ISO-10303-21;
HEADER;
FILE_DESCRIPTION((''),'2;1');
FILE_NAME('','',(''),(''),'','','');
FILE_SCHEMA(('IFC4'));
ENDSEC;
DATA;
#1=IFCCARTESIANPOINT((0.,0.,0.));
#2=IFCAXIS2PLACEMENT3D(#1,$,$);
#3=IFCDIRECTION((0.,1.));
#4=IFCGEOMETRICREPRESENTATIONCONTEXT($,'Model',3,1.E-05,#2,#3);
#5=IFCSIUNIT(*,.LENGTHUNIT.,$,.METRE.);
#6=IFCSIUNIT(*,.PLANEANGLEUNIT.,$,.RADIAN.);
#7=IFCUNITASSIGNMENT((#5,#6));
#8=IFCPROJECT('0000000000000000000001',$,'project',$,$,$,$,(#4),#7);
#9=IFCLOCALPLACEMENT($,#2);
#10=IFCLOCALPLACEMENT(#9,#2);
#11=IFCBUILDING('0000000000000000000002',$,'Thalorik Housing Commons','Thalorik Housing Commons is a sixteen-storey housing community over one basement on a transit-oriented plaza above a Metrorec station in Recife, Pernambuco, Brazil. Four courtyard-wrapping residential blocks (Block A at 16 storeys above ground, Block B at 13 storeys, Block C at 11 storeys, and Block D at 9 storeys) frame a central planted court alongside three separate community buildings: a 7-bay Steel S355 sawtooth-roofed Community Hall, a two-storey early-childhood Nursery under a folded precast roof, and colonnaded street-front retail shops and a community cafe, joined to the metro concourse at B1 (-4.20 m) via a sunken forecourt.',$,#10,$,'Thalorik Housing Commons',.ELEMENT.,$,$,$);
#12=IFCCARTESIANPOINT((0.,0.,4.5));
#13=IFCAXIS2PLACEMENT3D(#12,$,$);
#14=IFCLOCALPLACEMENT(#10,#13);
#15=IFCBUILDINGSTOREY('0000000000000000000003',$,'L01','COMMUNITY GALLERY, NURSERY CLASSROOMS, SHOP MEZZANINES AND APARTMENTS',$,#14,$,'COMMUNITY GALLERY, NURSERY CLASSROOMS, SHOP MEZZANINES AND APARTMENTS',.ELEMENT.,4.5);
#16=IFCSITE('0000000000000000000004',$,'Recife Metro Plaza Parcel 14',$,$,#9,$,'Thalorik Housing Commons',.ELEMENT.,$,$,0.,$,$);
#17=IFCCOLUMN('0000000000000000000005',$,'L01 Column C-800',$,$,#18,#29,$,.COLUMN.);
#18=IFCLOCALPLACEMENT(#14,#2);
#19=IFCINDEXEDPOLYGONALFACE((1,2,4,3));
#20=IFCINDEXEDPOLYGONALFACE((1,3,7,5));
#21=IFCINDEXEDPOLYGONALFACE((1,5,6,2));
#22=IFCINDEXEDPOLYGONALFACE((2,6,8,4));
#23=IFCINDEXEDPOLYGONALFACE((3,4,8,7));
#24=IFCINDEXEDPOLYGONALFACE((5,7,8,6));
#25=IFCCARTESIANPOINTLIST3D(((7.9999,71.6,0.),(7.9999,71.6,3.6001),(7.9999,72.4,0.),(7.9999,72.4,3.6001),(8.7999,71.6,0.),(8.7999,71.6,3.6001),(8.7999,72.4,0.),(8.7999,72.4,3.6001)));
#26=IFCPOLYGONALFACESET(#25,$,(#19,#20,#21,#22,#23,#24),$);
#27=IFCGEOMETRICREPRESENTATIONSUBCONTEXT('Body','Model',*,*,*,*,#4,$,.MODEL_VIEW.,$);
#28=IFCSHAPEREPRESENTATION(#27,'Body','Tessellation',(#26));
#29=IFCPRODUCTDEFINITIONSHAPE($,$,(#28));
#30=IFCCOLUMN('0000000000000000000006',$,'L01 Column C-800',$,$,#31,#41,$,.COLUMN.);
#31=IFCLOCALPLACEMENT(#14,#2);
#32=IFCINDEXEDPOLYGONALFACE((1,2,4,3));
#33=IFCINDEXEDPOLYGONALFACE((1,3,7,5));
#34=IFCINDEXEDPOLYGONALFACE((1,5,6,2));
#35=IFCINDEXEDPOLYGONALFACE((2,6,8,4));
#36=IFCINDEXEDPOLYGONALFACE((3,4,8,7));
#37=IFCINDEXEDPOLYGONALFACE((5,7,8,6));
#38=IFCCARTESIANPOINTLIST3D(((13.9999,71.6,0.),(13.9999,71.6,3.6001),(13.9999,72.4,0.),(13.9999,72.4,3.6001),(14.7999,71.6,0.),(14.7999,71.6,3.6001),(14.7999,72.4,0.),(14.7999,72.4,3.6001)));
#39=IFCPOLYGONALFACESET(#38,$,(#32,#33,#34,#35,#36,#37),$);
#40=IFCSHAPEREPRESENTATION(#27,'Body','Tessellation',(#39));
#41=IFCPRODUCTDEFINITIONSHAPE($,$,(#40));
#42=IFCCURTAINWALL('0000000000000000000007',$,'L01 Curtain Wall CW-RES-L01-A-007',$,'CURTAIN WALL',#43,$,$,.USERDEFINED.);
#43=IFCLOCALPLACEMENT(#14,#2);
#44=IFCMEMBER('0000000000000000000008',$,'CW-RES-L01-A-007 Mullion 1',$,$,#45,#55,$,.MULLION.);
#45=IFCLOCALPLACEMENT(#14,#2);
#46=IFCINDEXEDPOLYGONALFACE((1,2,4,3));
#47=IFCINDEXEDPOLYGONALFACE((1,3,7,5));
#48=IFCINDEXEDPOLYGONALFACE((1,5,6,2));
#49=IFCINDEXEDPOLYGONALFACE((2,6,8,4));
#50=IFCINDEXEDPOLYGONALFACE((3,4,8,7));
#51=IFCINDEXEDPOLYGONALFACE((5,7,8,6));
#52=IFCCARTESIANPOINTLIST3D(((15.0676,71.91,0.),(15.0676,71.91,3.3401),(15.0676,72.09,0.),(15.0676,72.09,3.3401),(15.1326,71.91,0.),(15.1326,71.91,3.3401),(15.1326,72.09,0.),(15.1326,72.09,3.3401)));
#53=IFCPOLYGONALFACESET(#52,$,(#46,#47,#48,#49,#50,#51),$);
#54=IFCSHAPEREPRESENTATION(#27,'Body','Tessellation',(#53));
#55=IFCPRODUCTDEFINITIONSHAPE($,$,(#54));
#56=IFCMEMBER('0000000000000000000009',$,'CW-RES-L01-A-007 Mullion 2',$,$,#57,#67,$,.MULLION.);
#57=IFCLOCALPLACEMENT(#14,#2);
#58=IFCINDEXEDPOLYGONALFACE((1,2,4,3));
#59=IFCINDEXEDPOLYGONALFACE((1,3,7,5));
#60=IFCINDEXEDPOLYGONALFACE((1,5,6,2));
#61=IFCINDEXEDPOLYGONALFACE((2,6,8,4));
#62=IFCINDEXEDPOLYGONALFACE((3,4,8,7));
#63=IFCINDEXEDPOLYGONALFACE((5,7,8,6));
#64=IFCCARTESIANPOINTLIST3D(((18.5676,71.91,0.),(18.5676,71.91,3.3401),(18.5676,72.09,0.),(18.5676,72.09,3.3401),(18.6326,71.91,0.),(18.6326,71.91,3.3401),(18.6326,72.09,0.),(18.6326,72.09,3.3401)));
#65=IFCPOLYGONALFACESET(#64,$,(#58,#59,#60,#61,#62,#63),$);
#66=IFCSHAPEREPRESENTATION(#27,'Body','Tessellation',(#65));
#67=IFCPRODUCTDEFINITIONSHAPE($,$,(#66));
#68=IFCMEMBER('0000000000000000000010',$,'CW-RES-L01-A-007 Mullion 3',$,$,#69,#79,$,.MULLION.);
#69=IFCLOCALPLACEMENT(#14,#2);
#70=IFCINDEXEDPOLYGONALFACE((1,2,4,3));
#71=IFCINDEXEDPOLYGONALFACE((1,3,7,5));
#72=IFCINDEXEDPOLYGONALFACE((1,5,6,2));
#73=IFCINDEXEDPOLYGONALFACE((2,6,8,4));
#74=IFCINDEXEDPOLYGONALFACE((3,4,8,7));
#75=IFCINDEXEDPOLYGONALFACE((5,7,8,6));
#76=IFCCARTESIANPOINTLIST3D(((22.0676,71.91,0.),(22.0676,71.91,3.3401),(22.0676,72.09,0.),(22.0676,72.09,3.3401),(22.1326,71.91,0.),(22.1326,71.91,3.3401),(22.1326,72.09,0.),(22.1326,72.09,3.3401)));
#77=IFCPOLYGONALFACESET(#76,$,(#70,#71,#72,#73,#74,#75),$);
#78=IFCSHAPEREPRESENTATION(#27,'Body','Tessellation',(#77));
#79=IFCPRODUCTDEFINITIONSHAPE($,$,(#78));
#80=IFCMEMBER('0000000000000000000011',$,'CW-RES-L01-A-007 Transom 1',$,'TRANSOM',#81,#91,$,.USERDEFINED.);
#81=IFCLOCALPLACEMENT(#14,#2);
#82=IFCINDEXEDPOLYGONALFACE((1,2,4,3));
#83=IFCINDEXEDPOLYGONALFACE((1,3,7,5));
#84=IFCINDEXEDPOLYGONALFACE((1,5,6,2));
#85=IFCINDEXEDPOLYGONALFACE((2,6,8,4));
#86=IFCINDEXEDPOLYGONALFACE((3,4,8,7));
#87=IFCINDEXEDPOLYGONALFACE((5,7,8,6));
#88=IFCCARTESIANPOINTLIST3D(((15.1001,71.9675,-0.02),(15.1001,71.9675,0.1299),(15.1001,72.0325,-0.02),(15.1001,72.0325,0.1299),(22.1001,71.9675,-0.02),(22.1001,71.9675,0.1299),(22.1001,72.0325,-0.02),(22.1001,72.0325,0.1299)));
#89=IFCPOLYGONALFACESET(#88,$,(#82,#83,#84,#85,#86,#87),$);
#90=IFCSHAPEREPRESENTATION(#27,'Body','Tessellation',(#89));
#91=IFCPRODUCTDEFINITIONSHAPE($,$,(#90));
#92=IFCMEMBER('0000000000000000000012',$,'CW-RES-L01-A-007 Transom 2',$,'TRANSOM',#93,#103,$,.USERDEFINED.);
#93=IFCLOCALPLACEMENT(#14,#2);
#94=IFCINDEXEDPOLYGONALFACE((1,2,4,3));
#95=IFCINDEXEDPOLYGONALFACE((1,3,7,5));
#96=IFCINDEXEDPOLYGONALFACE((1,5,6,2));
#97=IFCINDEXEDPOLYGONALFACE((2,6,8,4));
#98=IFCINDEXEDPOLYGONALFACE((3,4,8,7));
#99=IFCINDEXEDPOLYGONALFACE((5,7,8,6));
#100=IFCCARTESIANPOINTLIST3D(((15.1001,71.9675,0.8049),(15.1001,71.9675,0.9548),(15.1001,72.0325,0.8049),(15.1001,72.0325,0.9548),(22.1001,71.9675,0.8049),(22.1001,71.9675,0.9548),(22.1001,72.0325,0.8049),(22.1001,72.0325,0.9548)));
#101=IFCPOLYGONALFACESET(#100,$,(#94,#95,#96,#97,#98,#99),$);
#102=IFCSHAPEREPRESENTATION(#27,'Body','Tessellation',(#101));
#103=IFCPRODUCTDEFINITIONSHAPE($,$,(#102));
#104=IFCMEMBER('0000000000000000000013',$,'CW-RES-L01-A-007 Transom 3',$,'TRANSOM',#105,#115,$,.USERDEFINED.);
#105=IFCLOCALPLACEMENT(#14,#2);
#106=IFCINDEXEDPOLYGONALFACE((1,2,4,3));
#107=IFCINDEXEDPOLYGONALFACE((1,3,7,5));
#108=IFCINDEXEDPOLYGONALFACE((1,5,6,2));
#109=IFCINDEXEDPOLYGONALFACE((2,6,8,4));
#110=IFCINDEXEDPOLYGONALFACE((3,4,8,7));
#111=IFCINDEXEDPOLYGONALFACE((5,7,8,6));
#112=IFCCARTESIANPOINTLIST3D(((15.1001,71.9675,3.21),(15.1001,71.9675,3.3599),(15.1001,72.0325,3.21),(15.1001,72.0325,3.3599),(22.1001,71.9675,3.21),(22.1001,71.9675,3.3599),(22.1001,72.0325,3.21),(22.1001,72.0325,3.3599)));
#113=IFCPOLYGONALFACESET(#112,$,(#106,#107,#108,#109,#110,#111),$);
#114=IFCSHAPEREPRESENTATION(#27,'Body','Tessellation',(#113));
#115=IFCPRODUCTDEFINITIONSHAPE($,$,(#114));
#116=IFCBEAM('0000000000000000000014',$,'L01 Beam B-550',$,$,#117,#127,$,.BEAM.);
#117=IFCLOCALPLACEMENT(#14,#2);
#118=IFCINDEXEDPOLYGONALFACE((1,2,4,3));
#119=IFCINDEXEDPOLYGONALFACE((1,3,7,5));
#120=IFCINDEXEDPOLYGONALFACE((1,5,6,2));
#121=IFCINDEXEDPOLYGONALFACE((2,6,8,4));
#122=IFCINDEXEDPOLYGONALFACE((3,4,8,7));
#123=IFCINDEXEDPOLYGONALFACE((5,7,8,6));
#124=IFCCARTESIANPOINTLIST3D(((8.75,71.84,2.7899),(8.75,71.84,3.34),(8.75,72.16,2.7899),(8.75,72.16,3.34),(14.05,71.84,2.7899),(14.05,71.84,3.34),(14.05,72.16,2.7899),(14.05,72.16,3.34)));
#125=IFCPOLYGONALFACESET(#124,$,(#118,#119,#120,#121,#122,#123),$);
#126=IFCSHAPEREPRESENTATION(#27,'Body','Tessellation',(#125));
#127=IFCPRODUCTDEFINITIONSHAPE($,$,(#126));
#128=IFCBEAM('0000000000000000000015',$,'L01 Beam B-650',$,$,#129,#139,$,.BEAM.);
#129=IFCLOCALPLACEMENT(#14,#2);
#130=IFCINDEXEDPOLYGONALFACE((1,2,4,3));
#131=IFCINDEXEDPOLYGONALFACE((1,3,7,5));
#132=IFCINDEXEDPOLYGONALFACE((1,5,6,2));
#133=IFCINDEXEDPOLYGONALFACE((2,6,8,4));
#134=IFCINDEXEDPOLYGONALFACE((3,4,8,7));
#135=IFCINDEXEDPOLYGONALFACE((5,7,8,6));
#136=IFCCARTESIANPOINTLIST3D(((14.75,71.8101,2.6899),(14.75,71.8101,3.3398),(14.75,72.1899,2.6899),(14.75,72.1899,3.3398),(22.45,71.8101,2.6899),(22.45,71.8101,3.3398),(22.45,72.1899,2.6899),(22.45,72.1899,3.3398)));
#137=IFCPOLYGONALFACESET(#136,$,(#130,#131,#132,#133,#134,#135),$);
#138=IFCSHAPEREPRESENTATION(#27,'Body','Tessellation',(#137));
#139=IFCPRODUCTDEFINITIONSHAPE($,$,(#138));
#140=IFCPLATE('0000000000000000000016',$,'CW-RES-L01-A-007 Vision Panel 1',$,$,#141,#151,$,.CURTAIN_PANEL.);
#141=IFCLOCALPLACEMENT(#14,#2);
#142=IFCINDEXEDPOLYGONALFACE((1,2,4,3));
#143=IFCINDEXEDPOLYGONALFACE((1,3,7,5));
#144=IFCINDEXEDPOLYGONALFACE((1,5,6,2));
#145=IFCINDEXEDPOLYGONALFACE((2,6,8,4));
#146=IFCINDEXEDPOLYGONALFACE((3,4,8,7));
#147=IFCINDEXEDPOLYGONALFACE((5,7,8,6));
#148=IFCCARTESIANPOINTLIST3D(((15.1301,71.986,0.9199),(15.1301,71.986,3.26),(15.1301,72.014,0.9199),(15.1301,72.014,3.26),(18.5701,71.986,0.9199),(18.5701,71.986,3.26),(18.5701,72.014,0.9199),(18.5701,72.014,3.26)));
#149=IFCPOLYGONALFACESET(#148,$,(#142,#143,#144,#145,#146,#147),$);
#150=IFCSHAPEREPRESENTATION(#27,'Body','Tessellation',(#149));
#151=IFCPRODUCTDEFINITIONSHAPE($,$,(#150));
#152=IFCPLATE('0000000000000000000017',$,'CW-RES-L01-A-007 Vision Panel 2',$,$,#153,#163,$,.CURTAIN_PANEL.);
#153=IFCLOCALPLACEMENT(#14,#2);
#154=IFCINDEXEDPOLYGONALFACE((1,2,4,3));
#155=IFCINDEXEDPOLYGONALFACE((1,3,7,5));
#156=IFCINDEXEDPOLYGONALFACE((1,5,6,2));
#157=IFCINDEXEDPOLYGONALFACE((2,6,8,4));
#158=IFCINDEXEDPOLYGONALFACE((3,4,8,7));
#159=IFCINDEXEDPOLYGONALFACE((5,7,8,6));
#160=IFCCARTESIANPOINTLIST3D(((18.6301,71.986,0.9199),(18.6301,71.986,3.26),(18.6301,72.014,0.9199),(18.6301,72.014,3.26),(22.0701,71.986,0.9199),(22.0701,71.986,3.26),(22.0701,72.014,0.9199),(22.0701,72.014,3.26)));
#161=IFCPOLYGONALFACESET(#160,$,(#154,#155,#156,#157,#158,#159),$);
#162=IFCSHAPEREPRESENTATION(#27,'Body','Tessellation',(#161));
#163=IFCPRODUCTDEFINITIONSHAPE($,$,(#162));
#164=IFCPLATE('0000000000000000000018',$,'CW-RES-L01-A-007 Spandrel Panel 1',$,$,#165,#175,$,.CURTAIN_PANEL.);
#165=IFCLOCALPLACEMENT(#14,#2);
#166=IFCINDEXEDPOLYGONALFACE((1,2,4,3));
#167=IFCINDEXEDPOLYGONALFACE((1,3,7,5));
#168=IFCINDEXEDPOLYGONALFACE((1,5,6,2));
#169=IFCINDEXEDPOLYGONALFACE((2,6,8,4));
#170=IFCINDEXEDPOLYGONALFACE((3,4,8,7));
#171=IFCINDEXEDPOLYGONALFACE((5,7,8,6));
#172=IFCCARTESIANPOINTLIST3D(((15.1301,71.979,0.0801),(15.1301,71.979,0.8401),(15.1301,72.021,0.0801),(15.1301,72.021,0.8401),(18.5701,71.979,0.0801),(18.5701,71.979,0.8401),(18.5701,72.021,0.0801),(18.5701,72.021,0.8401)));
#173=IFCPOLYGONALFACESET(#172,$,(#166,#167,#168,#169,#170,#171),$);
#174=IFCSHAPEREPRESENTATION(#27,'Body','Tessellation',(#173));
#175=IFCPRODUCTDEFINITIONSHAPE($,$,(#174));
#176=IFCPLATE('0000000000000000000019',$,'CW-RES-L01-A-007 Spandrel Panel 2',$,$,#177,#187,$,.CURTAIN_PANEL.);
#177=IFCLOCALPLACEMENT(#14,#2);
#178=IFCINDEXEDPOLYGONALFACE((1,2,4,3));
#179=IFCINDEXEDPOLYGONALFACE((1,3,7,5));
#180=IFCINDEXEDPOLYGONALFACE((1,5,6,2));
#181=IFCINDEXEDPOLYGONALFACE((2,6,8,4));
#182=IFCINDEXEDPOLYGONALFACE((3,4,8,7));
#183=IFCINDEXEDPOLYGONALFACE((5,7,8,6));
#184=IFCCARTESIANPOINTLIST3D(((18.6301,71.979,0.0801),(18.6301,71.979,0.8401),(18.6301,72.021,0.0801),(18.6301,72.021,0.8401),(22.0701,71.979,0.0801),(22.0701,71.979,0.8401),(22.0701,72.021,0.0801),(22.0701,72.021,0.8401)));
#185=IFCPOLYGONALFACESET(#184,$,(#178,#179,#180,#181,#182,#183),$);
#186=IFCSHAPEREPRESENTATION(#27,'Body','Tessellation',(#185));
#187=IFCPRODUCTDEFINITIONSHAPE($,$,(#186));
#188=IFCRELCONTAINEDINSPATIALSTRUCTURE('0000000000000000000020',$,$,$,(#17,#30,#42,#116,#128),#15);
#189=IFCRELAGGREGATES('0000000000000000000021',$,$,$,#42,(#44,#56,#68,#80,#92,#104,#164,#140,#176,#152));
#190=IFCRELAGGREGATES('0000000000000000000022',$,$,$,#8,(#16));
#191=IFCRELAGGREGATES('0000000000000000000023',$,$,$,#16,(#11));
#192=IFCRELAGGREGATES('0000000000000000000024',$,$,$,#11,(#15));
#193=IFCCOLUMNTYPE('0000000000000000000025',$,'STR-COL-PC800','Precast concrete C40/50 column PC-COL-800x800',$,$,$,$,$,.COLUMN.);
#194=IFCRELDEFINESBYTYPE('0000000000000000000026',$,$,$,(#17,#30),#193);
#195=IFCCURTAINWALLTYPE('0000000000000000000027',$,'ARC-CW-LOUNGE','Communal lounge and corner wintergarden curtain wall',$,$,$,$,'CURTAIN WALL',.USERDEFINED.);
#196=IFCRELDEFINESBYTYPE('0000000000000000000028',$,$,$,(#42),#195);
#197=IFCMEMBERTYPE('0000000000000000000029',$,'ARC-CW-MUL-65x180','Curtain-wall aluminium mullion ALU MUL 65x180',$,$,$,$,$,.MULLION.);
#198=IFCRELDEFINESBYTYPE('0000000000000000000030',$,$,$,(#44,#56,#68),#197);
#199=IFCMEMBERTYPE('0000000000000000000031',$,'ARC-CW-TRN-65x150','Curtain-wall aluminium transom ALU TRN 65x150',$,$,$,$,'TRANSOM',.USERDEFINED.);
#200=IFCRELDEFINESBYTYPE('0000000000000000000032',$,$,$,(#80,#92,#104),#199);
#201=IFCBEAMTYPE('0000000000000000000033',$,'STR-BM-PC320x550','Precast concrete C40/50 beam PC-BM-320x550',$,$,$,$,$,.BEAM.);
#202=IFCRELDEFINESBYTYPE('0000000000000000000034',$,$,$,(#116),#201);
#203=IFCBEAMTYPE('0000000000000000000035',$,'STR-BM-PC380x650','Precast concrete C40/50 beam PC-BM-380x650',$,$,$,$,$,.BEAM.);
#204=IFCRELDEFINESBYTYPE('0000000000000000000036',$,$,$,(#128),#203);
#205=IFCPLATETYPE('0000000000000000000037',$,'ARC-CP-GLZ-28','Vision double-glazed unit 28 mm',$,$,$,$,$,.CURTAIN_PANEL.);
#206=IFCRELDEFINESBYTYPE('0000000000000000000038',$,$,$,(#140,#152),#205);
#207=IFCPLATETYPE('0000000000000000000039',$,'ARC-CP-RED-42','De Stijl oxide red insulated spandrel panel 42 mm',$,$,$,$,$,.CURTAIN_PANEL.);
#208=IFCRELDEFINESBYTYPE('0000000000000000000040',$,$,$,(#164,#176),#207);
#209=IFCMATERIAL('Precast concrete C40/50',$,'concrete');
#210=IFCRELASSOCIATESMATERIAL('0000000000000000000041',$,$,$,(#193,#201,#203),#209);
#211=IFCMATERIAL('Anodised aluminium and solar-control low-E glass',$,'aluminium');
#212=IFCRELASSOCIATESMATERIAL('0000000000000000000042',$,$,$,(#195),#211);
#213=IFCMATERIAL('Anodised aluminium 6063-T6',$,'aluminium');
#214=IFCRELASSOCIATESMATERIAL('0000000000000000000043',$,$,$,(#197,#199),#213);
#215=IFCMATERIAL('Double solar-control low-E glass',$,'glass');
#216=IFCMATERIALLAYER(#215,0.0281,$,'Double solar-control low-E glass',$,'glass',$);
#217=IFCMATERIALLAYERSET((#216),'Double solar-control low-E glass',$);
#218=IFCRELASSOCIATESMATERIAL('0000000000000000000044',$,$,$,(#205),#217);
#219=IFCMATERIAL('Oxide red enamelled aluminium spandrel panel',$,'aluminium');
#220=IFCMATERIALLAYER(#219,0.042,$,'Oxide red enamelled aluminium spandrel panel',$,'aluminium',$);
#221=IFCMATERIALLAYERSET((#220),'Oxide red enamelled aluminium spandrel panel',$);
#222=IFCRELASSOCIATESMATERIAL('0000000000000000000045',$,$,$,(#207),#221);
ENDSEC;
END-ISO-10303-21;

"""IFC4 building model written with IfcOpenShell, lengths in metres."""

from ifc_helpers import new_model, si_unit, direction, frame, origin, origin_2d, place, context, subcontext, project, spatial, rectangle, extrude, material, layer, layer_set, material_profile, profile_set, type_object, element, aggregate, save


model = new_model("IFC4")

# Units and contexts
model_context = context("Model", 3, precision=1e-05, world=origin(), true_north=direction((0.0, 1.0)))
body_context = subcontext(model_context, "Body", "Model", "MODEL_VIEW")
ifc_project = project(units=[si_unit("LENGTHUNIT", "METRE"), si_unit("PLANEANGLEUNIT", "RADIAN")], contexts=[model_context])

# Site, building, storey
site_placement = place(None, origin())
site = spatial("IfcSite", under=ifc_project, at=site_placement, Name="Recife Metro Plaza Parcel 14", LongName="Thalorik Housing Commons", CompositionType="ELEMENT", RefElevation=0.0)
building_placement = place(site_placement, origin())
building = spatial("IfcBuilding", under=site, at=building_placement, Name="Thalorik Housing Commons", Description="Thalorik Housing Commons is a sixteen-storey housing community over one basement on a transit-oriented plaza above a Metrorec station in Recife, Pernambuco, Brazil. Four courtyard-wrapping residential blocks (Block A at 16 storeys above ground, Block B at 13 storeys, Block C at 11 storeys, and Block D at 9 storeys) frame a central planted court alongside three separate community buildings: a 7-bay Steel S355 sawtooth-roofed Community Hall, a two-storey early-childhood Nursery under a folded precast roof, and colonnaded street-front retail shops and a community cafe, joined to the metro concourse at B1 (-4.20 m) via a sunken forecourt.", LongName="Thalorik Housing Commons", CompositionType="ELEMENT")
storey_placement = place(building_placement, frame((0.0, 0.0, 4.5)))
storey = spatial("IfcBuildingStorey", under=building, at=storey_placement, Name="L01", Description="COMMUNITY GALLERY, NURSERY CLASSROOMS, SHOP MEZZANINES AND APARTMENTS", LongName="COMMUNITY GALLERY, NURSERY CLASSROOMS, SHOP MEZZANINES AND APARTMENTS", CompositionType="ELEMENT", Elevation=4.5)

# Columns
ifc_material_1 = material(Name="Precast concrete C40/50", Category="concrete")
ifc_material_profile_1 = material_profile(ifc_material_1, rectangle(XDim=0.8, YDim=0.8, at=origin_2d()), Name="PC 800x800", Category="concrete")
ifc_profile_set_1 = profile_set([ifc_material_profile_1], Name="Precast concrete C40/50")
column_type = type_object("IfcColumnType", Name="STR-COL-PC800", Description="Precast concrete C40/50 column PC-COL-800x800", PredefinedType="COLUMN", material=ifc_profile_set_1)
for number, where, z_axis, x_axis, name in (
    (1, (8.3999, 72.0, 0.0), (0.0, 0.0, 1.0), (1.0, 0.0, 0.0), "L01 Column C-800"),
    (2, (14.3999, 72.0, 0.0), (0.0, 0.0, 1.0), (1.0, 0.0, 0.0), "L01 Column C-800"),
):
    element("IfcColumn", number, at=place(storey_placement, frame(where, z_axis=z_axis, x_axis=x_axis)), inside=storey, type_object=column_type, Name=name, PredefinedType="COLUMN", context=body_context, shape_type="SweptSolid", body=[
        extrude(rectangle(XDim=0.8, YDim=0.8, at=origin_2d()), origin(), (0.0, 0.0, 1.0), 3.6001),
    ])

# Curtain wall, members
ifc_material_2 = material(Name="Anodised aluminium and solar-control low-E glass", Category="aluminium")
curtain_wall_type = type_object("IfcCurtainWallType", Name="ARC-CW-LOUNGE", Description="Communal lounge and corner wintergarden curtain wall", ElementType="CURTAIN WALL", PredefinedType="USERDEFINED", material=ifc_material_2)
curtain_wall_placement = place(storey_placement, origin())
curtain_wall = element("IfcCurtainWall", 3, at=curtain_wall_placement, inside=storey, type_object=curtain_wall_type, Name="L01 Curtain Wall CW-RES-L01-A-007", ObjectType="CURTAIN WALL", PredefinedType="USERDEFINED")
ifc_material_3 = material(Name="Anodised aluminium 6063-T6", Category="aluminium")
ifc_material_profile_2 = material_profile(ifc_material_3, rectangle(XDim=0.0649, YDim=0.1799, at=origin_2d()), Name="ALU MUL 65x180", Category="aluminium")
ifc_profile_set_2 = profile_set([ifc_material_profile_2], Name="Anodised aluminium 6063-T6")
member_type_1 = type_object("IfcMemberType", Name="ARC-CW-MUL-65x180", Description="Curtain-wall aluminium mullion ALU MUL 65x180", PredefinedType="MULLION", material=ifc_profile_set_2)
member_1_placement = place(storey_placement, frame((15.1001, 72.0, 0.0), z_axis=(0.0, 0.0, 1.0), x_axis=(1.0, 0.0, 0.0)))
member_1 = element("IfcMember", 4, at=member_1_placement, type_object=member_type_1, Name="CW-RES-L01-A-007 Mullion 1", PredefinedType="MULLION", context=body_context, shape_type="SweptSolid", body=[
    extrude(rectangle(XDim=0.0649, YDim=0.1799, at=origin_2d()), origin(), (0.0, 0.0, 1.0), 3.3401),
])
member_2_placement = place(storey_placement, frame((18.6001, 72.0, 0.0), z_axis=(0.0, 0.0, 1.0), x_axis=(1.0, 0.0, 0.0)))
member_2 = element("IfcMember", 5, at=member_2_placement, type_object=member_type_1, Name="CW-RES-L01-A-007 Mullion 2", PredefinedType="MULLION", context=body_context, shape_type="SweptSolid", body=[
    extrude(rectangle(XDim=0.0649, YDim=0.1799, at=origin_2d()), origin(), (0.0, 0.0, 1.0), 3.3401),
])
member_3_placement = place(storey_placement, frame((22.1001, 72.0, 0.0), z_axis=(0.0, 0.0, 1.0), x_axis=(1.0, 0.0, 0.0)))
member_3 = element("IfcMember", 6, at=member_3_placement, type_object=member_type_1, Name="CW-RES-L01-A-007 Mullion 3", PredefinedType="MULLION", context=body_context, shape_type="SweptSolid", body=[
    extrude(rectangle(XDim=0.0649, YDim=0.1799, at=origin_2d()), origin(), (0.0, 0.0, 1.0), 3.3401),
])
ifc_material_profile_3 = material_profile(ifc_material_3, rectangle(XDim=0.0649, YDim=0.1499, at=origin_2d()), Name="ALU TRN 65x150", Category="aluminium")
ifc_profile_set_3 = profile_set([ifc_material_profile_3], Name="Anodised aluminium 6063-T6")
member_type_2 = type_object("IfcMemberType", Name="ARC-CW-TRN-65x150", Description="Curtain-wall aluminium transom ALU TRN 65x150", ElementType="TRANSOM", PredefinedType="USERDEFINED", material=ifc_profile_set_3)
member_4_placement = place(storey_placement, frame((15.1001, 72.0, 0.0549), z_axis=(1.0, 0.0, 0.0), x_axis=(0.0, 1.0, 0.0)))
member_4 = element("IfcMember", 7, at=member_4_placement, type_object=member_type_2, Name="CW-RES-L01-A-007 Transom 1", ObjectType="TRANSOM", PredefinedType="USERDEFINED", context=body_context, shape_type="SweptSolid", body=[
    extrude(rectangle(XDim=0.0649, YDim=0.1499, at=origin_2d()), origin(), (0.0, 0.0, 1.0), 7.0),
])
member_5_placement = place(storey_placement, frame((15.1001, 72.0, 0.8799), z_axis=(1.0, 0.0, 0.0), x_axis=(0.0, 1.0, 0.0)))
member_5 = element("IfcMember", 8, at=member_5_placement, type_object=member_type_2, Name="CW-RES-L01-A-007 Transom 2", ObjectType="TRANSOM", PredefinedType="USERDEFINED", context=body_context, shape_type="SweptSolid", body=[
    extrude(rectangle(XDim=0.0649, YDim=0.1499, at=origin_2d()), origin(), (0.0, 0.0, 1.0), 7.0),
])
member_6_placement = place(storey_placement, frame((15.1001, 72.0, 3.2849), z_axis=(1.0, 0.0, 0.0), x_axis=(0.0, 1.0, 0.0)))
member_6 = element("IfcMember", 9, at=member_6_placement, type_object=member_type_2, Name="CW-RES-L01-A-007 Transom 3", ObjectType="TRANSOM", PredefinedType="USERDEFINED", context=body_context, shape_type="SweptSolid", body=[
    extrude(rectangle(XDim=0.0649, YDim=0.1499, at=origin_2d()), origin(), (0.0, 0.0, 1.0), 7.0),
])

# Beams
ifc_material_profile_4 = material_profile(ifc_material_1, rectangle(XDim=0.3201, YDim=0.55, at=origin_2d()), Name="PC 320x550", Category="concrete")
ifc_profile_set_4 = profile_set([ifc_material_profile_4], Name="Precast concrete C40/50")
beam_type_1 = type_object("IfcBeamType", Name="STR-BM-PC320x550", Description="Precast concrete C40/50 beam PC-BM-320x550", PredefinedType="BEAM", material=ifc_profile_set_4)
beam_1_placement = place(storey_placement, frame((8.75, 72.0, 3.0649), z_axis=(1.0, 0.0, 0.0), x_axis=(0.0, 1.0, 0.0)))
element("IfcBeam", 10, at=beam_1_placement, inside=storey, type_object=beam_type_1, Name="L01 Beam B-550", PredefinedType="BEAM", context=body_context, shape_type="SweptSolid", body=[
    extrude(rectangle(XDim=0.3201, YDim=0.55, at=origin_2d()), origin(), (0.0, 0.0, 1.0), 5.3),
])
ifc_material_profile_5 = material_profile(ifc_material_1, rectangle(XDim=0.3799, YDim=0.6499, at=origin_2d()), Name="PC 380x650", Category="concrete")
ifc_profile_set_5 = profile_set([ifc_material_profile_5], Name="Precast concrete C40/50")
beam_type_2 = type_object("IfcBeamType", Name="STR-BM-PC380x650", Description="Precast concrete C40/50 beam PC-BM-380x650", PredefinedType="BEAM", material=ifc_profile_set_5)
beam_2_placement = place(storey_placement, frame((14.75, 72.0, 3.0149), z_axis=(1.0, 0.0, 0.0), x_axis=(0.0, 1.0, 0.0)))
element("IfcBeam", 11, at=beam_2_placement, inside=storey, type_object=beam_type_2, Name="L01 Beam B-650", PredefinedType="BEAM", context=body_context, shape_type="SweptSolid", body=[
    extrude(rectangle(XDim=0.3799, YDim=0.6499, at=origin_2d()), origin(), (0.0, 0.0, 1.0), 7.7),
])

# Plates
ifc_material_4 = material(Name="Double solar-control low-E glass", Category="glass")
ifc_layer_1 = layer(ifc_material_4, 0.0281, Name="Double solar-control low-E glass", Category="glass")
ifc_layer_set_1 = layer_set([ifc_layer_1], Name="Double solar-control low-E glass")
plate_type_1 = type_object("IfcPlateType", Name="ARC-CP-GLZ-28", Description="Vision double-glazed unit 28 mm", PredefinedType="CURTAIN_PANEL", material=ifc_layer_set_1)
plate_1_placement = place(storey_placement, frame((16.8501, 72.0, 0.9199), z_axis=(0.0, 0.0, 1.0), x_axis=(1.0, 0.0, 0.0)))
plate_1 = element("IfcPlate", 12, at=plate_1_placement, type_object=plate_type_1, Name="CW-RES-L01-A-007 Vision Panel 1", PredefinedType="CURTAIN_PANEL", context=body_context, shape_type="SweptSolid", body=[
    extrude(rectangle(XDim=3.4399, YDim=0.0281, at=origin_2d()), origin(), (0.0, 0.0, 1.0), 2.3401),
])
plate_2_placement = place(storey_placement, frame((20.3501, 72.0, 0.9199), z_axis=(0.0, 0.0, 1.0), x_axis=(1.0, 0.0, 0.0)))
plate_2 = element("IfcPlate", 13, at=plate_2_placement, type_object=plate_type_1, Name="CW-RES-L01-A-007 Vision Panel 2", PredefinedType="CURTAIN_PANEL", context=body_context, shape_type="SweptSolid", body=[
    extrude(rectangle(XDim=3.4399, YDim=0.0281, at=origin_2d()), origin(), (0.0, 0.0, 1.0), 2.3401),
])
ifc_material_5 = material(Name="Oxide red enamelled aluminium spandrel panel", Category="aluminium")
ifc_layer_2 = layer(ifc_material_5, 0.042, Name="Oxide red enamelled aluminium spandrel panel", Category="aluminium")
ifc_layer_set_2 = layer_set([ifc_layer_2], Name="Oxide red enamelled aluminium spandrel panel")
plate_type_2 = type_object("IfcPlateType", Name="ARC-CP-RED-42", Description="De Stijl oxide red insulated spandrel panel 42 mm", PredefinedType="CURTAIN_PANEL", material=ifc_layer_set_2)
plate_3_placement = place(storey_placement, frame((16.8501, 72.0, 0.0801), z_axis=(0.0, 0.0, 1.0), x_axis=(1.0, 0.0, 0.0)))
plate_3 = element("IfcPlate", 14, at=plate_3_placement, type_object=plate_type_2, Name="CW-RES-L01-A-007 Spandrel Panel 1", PredefinedType="CURTAIN_PANEL", context=body_context, shape_type="SweptSolid", body=[
    extrude(rectangle(XDim=3.4399, YDim=0.042, at=origin_2d()), origin(), (0.0, 0.0, 1.0), 0.76),
])
plate_4_placement = place(storey_placement, frame((20.3501, 72.0, 0.0801), z_axis=(0.0, 0.0, 1.0), x_axis=(1.0, 0.0, 0.0)))
plate_4 = element("IfcPlate", 15, at=plate_4_placement, type_object=plate_type_2, Name="CW-RES-L01-A-007 Spandrel Panel 2", PredefinedType="CURTAIN_PANEL", context=body_context, shape_type="SweptSolid", body=[
    extrude(rectangle(XDim=3.4399, YDim=0.042, at=origin_2d()), origin(), (0.0, 0.0, 1.0), 0.76),
])
aggregate(curtain_wall, [member_1, member_2, member_3, member_4, member_5, member_6, plate_3, plate_1, plate_4, plate_2])

save(model, "model.ifc")
